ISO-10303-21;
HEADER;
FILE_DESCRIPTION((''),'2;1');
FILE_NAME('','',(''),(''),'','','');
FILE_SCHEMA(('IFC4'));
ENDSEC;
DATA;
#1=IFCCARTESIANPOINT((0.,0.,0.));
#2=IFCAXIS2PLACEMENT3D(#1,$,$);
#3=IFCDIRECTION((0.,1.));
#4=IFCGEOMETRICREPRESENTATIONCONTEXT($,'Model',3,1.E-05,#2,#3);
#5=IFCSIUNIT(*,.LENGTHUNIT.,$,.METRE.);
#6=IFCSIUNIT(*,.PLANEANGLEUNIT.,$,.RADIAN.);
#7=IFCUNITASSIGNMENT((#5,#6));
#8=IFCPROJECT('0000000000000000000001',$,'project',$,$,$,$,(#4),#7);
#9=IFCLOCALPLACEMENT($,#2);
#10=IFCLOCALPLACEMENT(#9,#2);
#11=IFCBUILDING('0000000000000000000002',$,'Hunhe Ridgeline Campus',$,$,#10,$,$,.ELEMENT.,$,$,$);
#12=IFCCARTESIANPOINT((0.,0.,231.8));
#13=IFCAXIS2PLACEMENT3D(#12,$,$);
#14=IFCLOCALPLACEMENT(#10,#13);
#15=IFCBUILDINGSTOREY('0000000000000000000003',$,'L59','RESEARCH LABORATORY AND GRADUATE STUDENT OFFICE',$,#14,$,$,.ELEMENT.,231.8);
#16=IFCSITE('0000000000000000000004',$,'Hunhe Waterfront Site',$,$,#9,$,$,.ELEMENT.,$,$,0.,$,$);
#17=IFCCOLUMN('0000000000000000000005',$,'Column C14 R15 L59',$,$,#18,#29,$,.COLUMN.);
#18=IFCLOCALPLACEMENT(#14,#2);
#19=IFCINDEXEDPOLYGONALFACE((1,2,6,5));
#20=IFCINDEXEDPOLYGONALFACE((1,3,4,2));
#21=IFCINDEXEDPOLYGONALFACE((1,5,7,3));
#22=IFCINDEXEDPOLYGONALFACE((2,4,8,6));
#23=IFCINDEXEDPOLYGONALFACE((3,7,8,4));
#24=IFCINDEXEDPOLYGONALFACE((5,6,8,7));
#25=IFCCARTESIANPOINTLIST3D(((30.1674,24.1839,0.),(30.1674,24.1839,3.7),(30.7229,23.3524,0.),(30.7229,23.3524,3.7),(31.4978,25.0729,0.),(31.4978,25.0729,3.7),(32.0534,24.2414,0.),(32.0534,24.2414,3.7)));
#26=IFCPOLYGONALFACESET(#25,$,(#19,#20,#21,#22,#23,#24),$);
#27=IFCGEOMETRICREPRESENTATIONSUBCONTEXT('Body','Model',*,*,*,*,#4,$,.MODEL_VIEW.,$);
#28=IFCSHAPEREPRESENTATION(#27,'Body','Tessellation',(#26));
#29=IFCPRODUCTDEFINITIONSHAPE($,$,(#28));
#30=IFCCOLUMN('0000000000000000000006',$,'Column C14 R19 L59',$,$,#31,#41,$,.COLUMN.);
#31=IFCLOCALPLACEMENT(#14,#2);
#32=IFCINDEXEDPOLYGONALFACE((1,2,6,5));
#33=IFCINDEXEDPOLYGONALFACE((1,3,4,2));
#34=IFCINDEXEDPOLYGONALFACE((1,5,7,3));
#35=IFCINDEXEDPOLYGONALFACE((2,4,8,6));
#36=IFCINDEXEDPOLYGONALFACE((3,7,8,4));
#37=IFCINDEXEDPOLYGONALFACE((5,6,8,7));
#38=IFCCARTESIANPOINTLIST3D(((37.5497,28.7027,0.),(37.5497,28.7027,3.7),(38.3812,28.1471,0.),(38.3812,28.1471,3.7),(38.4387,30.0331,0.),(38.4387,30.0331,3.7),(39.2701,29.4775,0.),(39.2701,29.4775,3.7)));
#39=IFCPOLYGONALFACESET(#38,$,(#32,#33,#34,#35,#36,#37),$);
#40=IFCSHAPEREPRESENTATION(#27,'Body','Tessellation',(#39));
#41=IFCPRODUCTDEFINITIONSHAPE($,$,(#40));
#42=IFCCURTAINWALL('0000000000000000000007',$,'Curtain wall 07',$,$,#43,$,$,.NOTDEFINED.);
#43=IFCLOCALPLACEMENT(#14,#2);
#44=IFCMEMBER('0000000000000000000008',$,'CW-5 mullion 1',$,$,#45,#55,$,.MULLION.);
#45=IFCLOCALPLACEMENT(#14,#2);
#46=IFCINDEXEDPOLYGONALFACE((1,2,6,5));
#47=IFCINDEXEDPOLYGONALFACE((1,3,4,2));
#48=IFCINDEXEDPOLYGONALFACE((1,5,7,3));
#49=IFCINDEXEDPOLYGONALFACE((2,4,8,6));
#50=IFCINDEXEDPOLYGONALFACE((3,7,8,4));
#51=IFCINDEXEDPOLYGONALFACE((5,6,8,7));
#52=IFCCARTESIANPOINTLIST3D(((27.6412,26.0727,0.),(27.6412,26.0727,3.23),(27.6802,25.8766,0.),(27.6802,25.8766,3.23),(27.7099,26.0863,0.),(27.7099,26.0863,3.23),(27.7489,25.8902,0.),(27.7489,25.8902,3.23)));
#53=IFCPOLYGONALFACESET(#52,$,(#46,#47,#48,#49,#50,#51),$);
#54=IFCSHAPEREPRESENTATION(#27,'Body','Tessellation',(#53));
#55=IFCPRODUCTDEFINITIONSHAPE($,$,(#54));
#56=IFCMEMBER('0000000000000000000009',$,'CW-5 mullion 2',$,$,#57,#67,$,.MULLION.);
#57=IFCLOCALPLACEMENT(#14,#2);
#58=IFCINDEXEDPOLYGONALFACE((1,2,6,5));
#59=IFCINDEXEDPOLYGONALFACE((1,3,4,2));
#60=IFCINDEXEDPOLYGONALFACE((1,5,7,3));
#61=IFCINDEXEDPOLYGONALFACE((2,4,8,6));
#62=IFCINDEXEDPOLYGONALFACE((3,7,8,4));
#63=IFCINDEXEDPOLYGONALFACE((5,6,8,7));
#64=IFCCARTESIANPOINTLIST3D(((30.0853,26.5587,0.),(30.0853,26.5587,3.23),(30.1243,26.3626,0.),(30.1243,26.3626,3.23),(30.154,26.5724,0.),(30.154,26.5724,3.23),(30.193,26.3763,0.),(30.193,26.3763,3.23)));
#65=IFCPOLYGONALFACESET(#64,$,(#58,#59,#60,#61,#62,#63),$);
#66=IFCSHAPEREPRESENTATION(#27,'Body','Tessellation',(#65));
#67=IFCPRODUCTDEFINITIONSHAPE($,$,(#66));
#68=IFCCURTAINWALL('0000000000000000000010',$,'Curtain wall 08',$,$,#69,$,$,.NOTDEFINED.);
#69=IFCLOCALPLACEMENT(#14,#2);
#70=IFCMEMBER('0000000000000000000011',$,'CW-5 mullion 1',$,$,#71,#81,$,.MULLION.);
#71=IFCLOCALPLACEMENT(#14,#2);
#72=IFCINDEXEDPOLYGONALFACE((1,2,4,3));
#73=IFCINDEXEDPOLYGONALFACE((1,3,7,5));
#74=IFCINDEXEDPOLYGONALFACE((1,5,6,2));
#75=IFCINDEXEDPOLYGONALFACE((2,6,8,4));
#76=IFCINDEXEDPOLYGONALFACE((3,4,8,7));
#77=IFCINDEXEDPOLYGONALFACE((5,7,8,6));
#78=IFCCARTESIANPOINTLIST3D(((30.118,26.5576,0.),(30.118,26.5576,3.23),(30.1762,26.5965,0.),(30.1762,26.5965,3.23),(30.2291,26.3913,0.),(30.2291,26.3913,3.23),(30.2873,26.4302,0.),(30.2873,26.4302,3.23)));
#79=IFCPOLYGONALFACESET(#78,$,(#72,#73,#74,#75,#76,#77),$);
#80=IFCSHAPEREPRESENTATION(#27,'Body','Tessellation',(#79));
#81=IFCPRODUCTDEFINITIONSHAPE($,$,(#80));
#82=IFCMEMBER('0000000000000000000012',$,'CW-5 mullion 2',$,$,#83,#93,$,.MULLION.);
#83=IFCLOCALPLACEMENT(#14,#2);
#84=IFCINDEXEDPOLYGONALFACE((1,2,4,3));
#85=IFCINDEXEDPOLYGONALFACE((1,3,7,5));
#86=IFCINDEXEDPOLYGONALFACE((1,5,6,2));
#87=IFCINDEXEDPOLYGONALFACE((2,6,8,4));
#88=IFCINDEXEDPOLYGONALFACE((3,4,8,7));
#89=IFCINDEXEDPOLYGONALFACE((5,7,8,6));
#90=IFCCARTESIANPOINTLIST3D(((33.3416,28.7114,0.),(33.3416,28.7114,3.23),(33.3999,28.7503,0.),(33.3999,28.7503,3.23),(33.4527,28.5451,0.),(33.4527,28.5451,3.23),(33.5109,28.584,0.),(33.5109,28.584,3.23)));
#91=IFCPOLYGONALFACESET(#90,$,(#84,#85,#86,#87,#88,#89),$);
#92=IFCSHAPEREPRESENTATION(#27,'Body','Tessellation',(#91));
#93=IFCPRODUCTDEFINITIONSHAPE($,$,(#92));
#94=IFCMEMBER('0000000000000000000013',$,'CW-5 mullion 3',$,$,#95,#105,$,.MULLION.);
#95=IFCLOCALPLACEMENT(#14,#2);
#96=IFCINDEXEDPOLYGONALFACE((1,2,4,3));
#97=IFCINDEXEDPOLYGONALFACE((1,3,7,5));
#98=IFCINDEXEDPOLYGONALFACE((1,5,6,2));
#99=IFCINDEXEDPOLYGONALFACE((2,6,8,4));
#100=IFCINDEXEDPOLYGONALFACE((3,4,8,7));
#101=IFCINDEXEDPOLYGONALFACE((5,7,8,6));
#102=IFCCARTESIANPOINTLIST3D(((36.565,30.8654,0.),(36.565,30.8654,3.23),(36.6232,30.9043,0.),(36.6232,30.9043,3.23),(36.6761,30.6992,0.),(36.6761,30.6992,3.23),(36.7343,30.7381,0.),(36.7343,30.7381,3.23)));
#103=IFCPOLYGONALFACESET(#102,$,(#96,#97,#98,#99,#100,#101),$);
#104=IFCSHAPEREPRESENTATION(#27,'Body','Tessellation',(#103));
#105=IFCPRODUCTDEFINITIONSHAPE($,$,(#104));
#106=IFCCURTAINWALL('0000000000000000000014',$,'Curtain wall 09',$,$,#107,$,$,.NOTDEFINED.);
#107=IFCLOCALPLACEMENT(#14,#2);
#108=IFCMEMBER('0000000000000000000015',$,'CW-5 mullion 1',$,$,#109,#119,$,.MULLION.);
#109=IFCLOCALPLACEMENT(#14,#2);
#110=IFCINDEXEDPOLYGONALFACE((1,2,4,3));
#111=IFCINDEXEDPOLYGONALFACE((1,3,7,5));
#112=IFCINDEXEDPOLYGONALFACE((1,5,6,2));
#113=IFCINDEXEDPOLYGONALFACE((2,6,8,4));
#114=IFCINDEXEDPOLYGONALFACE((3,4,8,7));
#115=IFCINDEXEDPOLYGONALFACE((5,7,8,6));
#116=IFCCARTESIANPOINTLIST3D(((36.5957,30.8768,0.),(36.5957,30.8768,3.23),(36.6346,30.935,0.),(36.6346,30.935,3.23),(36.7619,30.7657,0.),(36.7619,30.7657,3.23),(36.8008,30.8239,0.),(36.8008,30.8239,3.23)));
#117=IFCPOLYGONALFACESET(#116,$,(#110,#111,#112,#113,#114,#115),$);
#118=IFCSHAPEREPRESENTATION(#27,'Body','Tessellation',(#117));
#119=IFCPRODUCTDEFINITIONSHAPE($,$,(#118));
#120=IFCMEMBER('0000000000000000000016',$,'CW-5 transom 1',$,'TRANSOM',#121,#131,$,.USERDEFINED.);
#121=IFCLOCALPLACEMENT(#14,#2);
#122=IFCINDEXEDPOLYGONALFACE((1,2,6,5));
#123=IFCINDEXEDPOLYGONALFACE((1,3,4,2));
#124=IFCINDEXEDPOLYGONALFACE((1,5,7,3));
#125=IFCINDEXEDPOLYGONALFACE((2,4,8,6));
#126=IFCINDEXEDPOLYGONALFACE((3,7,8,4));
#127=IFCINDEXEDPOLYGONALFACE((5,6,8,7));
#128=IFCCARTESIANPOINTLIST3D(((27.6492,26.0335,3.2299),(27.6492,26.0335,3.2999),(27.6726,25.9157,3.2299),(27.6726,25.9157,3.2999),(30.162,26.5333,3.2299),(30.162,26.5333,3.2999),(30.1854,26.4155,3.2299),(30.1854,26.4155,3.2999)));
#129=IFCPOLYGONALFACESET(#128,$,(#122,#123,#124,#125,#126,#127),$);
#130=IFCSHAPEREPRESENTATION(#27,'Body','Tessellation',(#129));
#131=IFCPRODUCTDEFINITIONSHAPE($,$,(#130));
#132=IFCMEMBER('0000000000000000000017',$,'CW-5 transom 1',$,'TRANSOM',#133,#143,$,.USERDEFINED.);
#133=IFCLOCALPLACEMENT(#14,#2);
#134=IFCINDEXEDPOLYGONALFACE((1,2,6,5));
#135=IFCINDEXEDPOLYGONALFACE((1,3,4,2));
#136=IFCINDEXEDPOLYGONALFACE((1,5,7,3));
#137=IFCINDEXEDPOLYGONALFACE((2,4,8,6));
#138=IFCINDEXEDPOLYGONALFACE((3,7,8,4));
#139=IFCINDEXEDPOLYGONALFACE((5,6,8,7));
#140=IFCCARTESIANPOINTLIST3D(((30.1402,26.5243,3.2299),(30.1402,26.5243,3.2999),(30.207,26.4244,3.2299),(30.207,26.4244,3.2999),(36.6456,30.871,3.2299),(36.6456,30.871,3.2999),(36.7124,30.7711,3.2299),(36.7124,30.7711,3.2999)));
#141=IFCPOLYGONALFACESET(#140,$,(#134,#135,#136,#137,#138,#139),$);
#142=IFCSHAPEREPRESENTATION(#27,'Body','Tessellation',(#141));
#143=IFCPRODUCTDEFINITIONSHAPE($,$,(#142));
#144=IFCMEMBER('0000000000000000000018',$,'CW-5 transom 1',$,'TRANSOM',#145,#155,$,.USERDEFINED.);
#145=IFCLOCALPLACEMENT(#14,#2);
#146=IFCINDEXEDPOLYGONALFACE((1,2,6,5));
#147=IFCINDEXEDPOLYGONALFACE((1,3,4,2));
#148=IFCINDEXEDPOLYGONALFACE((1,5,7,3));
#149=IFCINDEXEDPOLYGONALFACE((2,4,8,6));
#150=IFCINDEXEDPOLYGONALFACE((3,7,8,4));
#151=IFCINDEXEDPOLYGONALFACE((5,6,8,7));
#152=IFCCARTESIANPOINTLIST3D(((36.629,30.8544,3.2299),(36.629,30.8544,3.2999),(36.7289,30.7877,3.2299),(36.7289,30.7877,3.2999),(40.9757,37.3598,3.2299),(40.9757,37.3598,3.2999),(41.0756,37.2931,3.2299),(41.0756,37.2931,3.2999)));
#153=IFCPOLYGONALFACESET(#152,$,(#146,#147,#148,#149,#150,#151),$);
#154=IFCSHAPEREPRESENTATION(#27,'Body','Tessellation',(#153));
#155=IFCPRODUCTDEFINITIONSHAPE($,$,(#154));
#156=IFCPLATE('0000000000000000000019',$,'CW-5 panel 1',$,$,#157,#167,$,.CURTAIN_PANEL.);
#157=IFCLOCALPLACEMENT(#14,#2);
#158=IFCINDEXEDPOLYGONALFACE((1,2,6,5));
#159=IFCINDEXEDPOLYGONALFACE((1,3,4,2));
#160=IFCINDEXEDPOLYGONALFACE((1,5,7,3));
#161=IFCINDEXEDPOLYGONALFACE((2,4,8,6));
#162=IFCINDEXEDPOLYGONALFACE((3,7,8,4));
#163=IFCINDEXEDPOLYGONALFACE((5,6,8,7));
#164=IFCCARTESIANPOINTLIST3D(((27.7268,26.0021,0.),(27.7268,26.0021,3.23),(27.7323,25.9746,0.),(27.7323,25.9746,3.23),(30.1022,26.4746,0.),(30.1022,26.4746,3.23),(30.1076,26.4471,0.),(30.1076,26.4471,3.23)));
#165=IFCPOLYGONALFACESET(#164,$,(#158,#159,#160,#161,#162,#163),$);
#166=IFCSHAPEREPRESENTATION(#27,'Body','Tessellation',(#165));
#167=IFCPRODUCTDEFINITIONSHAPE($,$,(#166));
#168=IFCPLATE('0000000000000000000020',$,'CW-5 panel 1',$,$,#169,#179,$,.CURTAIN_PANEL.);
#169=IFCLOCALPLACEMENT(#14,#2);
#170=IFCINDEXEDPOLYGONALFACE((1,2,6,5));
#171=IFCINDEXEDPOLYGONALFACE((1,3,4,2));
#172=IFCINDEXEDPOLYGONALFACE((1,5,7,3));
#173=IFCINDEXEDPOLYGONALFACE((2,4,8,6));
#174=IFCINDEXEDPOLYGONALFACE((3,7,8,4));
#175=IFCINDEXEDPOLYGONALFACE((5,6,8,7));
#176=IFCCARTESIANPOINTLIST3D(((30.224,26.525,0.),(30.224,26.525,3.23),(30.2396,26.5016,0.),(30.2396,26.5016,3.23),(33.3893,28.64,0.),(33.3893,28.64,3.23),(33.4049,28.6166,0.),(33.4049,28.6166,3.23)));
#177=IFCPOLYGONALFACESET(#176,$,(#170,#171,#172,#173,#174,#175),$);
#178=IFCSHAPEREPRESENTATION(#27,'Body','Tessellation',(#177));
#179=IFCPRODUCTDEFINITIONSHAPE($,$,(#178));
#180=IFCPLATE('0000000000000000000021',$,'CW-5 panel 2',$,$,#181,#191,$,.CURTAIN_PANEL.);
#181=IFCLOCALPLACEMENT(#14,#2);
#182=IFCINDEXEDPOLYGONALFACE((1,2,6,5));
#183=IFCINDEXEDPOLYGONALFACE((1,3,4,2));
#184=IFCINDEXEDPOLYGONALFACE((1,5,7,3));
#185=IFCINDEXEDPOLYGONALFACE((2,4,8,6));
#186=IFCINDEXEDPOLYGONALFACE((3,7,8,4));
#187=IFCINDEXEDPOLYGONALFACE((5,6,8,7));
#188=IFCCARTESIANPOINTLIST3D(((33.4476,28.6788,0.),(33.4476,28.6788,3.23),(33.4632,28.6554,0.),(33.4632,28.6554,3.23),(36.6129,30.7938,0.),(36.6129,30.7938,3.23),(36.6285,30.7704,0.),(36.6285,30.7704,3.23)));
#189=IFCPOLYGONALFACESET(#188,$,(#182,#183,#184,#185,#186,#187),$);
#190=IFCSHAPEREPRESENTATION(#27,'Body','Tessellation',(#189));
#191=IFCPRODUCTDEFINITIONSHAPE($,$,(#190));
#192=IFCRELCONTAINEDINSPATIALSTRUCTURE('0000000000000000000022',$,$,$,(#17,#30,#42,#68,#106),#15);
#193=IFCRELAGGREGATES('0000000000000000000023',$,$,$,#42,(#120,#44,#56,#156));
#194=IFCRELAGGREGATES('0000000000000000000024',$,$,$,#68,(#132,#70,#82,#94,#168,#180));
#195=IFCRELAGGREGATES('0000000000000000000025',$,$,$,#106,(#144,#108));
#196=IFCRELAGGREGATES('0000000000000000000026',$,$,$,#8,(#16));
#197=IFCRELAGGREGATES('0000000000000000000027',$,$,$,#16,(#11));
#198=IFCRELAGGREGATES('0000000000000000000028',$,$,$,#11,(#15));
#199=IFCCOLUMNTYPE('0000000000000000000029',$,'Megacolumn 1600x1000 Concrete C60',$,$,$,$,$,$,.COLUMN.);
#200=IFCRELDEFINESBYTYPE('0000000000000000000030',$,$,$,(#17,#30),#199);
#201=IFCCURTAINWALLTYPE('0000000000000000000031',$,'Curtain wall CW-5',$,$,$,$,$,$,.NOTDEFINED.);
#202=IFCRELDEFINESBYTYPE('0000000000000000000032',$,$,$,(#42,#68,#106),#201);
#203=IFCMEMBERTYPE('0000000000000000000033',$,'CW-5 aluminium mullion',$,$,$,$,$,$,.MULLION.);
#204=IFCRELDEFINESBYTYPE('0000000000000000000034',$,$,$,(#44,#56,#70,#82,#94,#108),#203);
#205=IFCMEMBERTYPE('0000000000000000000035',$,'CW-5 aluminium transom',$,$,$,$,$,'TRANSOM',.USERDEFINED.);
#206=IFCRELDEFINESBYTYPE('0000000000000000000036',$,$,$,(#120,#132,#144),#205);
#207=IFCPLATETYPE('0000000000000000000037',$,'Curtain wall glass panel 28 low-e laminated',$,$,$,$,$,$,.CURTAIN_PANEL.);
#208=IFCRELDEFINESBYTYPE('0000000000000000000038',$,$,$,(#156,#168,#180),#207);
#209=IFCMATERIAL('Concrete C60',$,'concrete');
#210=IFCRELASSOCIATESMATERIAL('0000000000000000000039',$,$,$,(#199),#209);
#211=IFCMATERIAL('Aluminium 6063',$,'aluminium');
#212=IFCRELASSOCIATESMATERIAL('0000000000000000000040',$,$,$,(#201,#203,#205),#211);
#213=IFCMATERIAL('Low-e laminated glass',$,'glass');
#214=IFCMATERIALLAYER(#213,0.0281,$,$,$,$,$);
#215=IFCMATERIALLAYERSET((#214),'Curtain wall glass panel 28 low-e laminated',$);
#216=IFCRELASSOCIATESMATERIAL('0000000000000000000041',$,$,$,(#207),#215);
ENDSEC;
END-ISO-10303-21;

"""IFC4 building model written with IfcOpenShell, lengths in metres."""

from ifc_helpers import new_model, si_unit, direction, frame, origin, origin_2d, place, context, subcontext, project, spatial, rectangle, extrude, material, layer, layer_set, material_profile, profile_set, type_object, element, aggregate, save


model = new_model("IFC4")

# Units and contexts
model_context = context("Model", 3, precision=1e-05, world=origin(), true_north=direction((0.0, 1.0)))
body_context = subcontext(model_context, "Body", "Model", "MODEL_VIEW")
ifc_project = project(units=[si_unit("LENGTHUNIT", "METRE"), si_unit("PLANEANGLEUNIT", "RADIAN")], contexts=[model_context])

# Site, building, storey
site_placement = place(None, origin())
site = spatial("IfcSite", under=ifc_project, at=site_placement, Name="Hunhe Waterfront Site", CompositionType="ELEMENT", RefElevation=0.0)
building_placement = place(site_placement, origin())
building = spatial("IfcBuilding", under=site, at=building_placement, Name="Hunhe Ridgeline Campus", CompositionType="ELEMENT")
storey_placement = place(building_placement, frame((0.0, 0.0, 231.8)))
storey = spatial("IfcBuildingStorey", under=building, at=storey_placement, Name="L59", Description="RESEARCH LABORATORY AND GRADUATE STUDENT OFFICE", CompositionType="ELEMENT", Elevation=231.8)

# Columns
ifc_material_1 = material(Name="Concrete C60", Category="concrete")
ifc_material_profile_1 = material_profile(ifc_material_1, rectangle(XDim=1.6001, YDim=1.0, at=origin_2d()))
ifc_profile_set_1 = profile_set([ifc_material_profile_1], Name="Concrete C60")
column_type = type_object("IfcColumnType", Name="Megacolumn 1600x1000 Concrete C60", PredefinedType="COLUMN", material=ifc_profile_set_1)
for number, where, z_axis, x_axis, name in (
    (1, (31.1104, 24.2126, 0.0), (0.0, 0.0, 1.0), (0.83147, 0.55557, 0.0), "Column C14 R15 L59"),
    (2, (38.4099, 29.0901, 0.0), (0.0, 0.0, 1.0), (0.55557, 0.83147, 0.0), "Column C14 R19 L59"),
):
    element("IfcColumn", number, at=place(storey_placement, frame(where, z_axis=z_axis, x_axis=x_axis)), inside=storey, type_object=column_type, Name=name, PredefinedType="COLUMN", context=body_context, shape_type="SweptSolid", body=[
        extrude(rectangle(XDim=1.6001, YDim=1.0, at=origin_2d()), origin(), (0.0, 0.0, 1.0), 3.7),
    ])

# Curtain walls, members
ifc_material_2 = material(Name="Aluminium 6063", Category="aluminium")
curtain_wall_type = type_object("IfcCurtainWallType", Name="Curtain wall CW-5", PredefinedType="NOTDEFINED", material=ifc_material_2)
curtain_wall_1_placement = place(storey_placement, origin())
curtain_wall_1 = element("IfcCurtainWall", 3, at=curtain_wall_1_placement, inside=storey, type_object=curtain_wall_type, Name="Curtain wall 07", PredefinedType="NOTDEFINED")
ifc_material_profile_2 = material_profile(ifc_material_2, rectangle(XDim=0.2, YDim=0.0701, at=origin_2d()))
ifc_profile_set_2 = profile_set([ifc_material_profile_2], Name="Aluminium 6063")
member_type_1 = type_object("IfcMemberType", Name="CW-5 aluminium mullion", PredefinedType="MULLION", material=ifc_profile_set_2)
member_1_placement = place(storey_placement, frame((27.6951, 25.9814, 0.0), z_axis=(0.0, 0.0, 1.0), x_axis=(-0.195091, 0.980785, 0.0)))
member_1 = element("IfcMember", 4, at=member_1_placement, type_object=member_type_1, Name="CW-5 mullion 1", PredefinedType="MULLION", context=body_context, shape_type="SweptSolid", body=[
    extrude(rectangle(XDim=0.2, YDim=0.0701, at=origin_2d()), origin(), (0.0, 0.0, 1.0), 3.23),
])
member_2_placement = place(storey_placement, frame((30.1392, 26.4675, 0.0), z_axis=(0.0, 0.0, 1.0), x_axis=(-0.195091, 0.980785, 0.0)))
member_2 = element("IfcMember", 5, at=member_2_placement, type_object=member_type_1, Name="CW-5 mullion 2", PredefinedType="MULLION", context=body_context, shape_type="SweptSolid", body=[
    extrude(rectangle(XDim=0.2, YDim=0.0701, at=origin_2d()), origin(), (0.0, 0.0, 1.0), 3.23),
])
curtain_wall_2_placement = place(storey_placement, origin())
curtain_wall_2 = element("IfcCurtainWall", 6, at=curtain_wall_2_placement, inside=storey, type_object=curtain_wall_type, Name="Curtain wall 08", PredefinedType="NOTDEFINED")
member_3_placement = place(storey_placement, frame((30.2026, 26.4939, 0.0), z_axis=(0.0, 0.0, 1.0), x_axis=(-0.55557, 0.83147, 0.0)))
member_3 = element("IfcMember", 7, at=member_3_placement, type_object=member_type_1, Name="CW-5 mullion 1", PredefinedType="MULLION", context=body_context, shape_type="SweptSolid", body=[
    extrude(rectangle(XDim=0.2, YDim=0.0701, at=origin_2d()), origin(), (0.0, 0.0, 1.0), 3.23),
])
member_4_placement = place(storey_placement, frame((33.4263, 28.6477, 0.0), z_axis=(0.0, 0.0, 1.0), x_axis=(-0.55557, 0.83147, 0.0)))
member_4 = element("IfcMember", 8, at=member_4_placement, type_object=member_type_1, Name="CW-5 mullion 2", PredefinedType="MULLION", context=body_context, shape_type="SweptSolid", body=[
    extrude(rectangle(XDim=0.2, YDim=0.0701, at=origin_2d()), origin(), (0.0, 0.0, 1.0), 3.23),
])
member_5_placement = place(storey_placement, frame((36.6497, 30.8018, 0.0), z_axis=(0.0, 0.0, 1.0), x_axis=(-0.55557, 0.83147, 0.0)))
member_5 = element("IfcMember", 9, at=member_5_placement, type_object=member_type_1, Name="CW-5 mullion 3", PredefinedType="MULLION", context=body_context, shape_type="SweptSolid", body=[
    extrude(rectangle(XDim=0.2, YDim=0.0701, at=origin_2d()), origin(), (0.0, 0.0, 1.0), 3.23),
])

# Curtain wall, member
curtain_wall_3_placement = place(storey_placement, origin())
curtain_wall_3 = element("IfcCurtainWall", 10, at=curtain_wall_3_placement, inside=storey, type_object=curtain_wall_type, Name="Curtain wall 09", PredefinedType="NOTDEFINED")
member_6_placement = place(storey_placement, frame((36.6982, 30.8503, 0.0), z_axis=(0.0, 0.0, 1.0), x_axis=(-0.83147, 0.55557, 0.0)))
member_6 = element("IfcMember", 11, at=member_6_placement, type_object=member_type_1, Name="CW-5 mullion 1", PredefinedType="MULLION", context=body_context, shape_type="SweptSolid", body=[
    extrude(rectangle(XDim=0.2, YDim=0.0701, at=origin_2d()), origin(), (0.0, 0.0, 1.0), 3.23),
])

# Members
ifc_material_profile_3 = material_profile(ifc_material_2, rectangle(XDim=0.1201, YDim=0.0701, at=origin_2d()))
ifc_profile_set_3 = profile_set([ifc_material_profile_3], Name="Aluminium 6063")
member_type_2 = type_object("IfcMemberType", Name="CW-5 aluminium transom", ElementType="TRANSOM", PredefinedType="USERDEFINED", material=ifc_profile_set_3)
member_7_placement = place(storey_placement, frame((27.6609, 25.9746, 3.2649), z_axis=(0.980789, 0.195071, 0.0), x_axis=(-0.195071, 0.980789, 0.0)))
member_7 = element("IfcMember", 12, at=member_7_placement, type_object=member_type_2, Name="CW-5 transom 1", ObjectType="TRANSOM", PredefinedType="USERDEFINED", context=body_context, shape_type="SweptSolid", body=[
    extrude(rectangle(XDim=0.1201, YDim=0.0701, at=origin_2d()), origin(), (0.0, 0.0, 1.0), 2.562),
])
member_8_placement = place(storey_placement, frame((30.1736, 26.4744, 3.2649), z_axis=(0.831474, 0.555564, 0.0), x_axis=(-0.555564, 0.831474, 0.0)))
member_8 = element("IfcMember", 13, at=member_8_placement, type_object=member_type_2, Name="CW-5 transom 1", ObjectType="TRANSOM", PredefinedType="USERDEFINED", context=body_context, shape_type="SweptSolid", body=[
    extrude(rectangle(XDim=0.1201, YDim=0.0701, at=origin_2d()), origin(), (0.0, 0.0, 1.0), 7.824),
])
member_9_placement = place(storey_placement, frame((36.679, 30.821, 3.2649), z_axis=(0.555564, 0.831474, 0.0), x_axis=(-0.831474, 0.555564, 0.0)))
member_9 = element("IfcMember", 14, at=member_9_placement, type_object=member_type_2, Name="CW-5 transom 1", ObjectType="TRANSOM", PredefinedType="USERDEFINED", context=body_context, shape_type="SweptSolid", body=[
    extrude(rectangle(XDim=0.1201, YDim=0.0701, at=origin_2d()), origin(), (0.0, 0.0, 1.0), 7.824),
])

# Plates
ifc_material_3 = material(Name="Low-e laminated glass", Category="glass")
ifc_layer_1 = layer(ifc_material_3, 0.0281)
ifc_layer_set_1 = layer_set([ifc_layer_1], Name="Curtain wall glass panel 28 low-e laminated")
plate_type = type_object("IfcPlateType", Name="Curtain wall glass panel 28 low-e laminated", PredefinedType="CURTAIN_PANEL", material=ifc_layer_set_1)
plate_1_placement = place(storey_placement, frame((28.9172, 26.2246, 0.0), z_axis=(0.0, 0.0, 1.0), x_axis=(0.980785, 0.195091, 0.0)))
plate_1 = element("IfcPlate", 15, at=plate_1_placement, type_object=plate_type, Name="CW-5 panel 1", PredefinedType="CURTAIN_PANEL", context=body_context, shape_type="SweptSolid", body=[
    extrude(rectangle(XDim=2.4219, YDim=0.0281, at=origin_2d()), origin(), (0.0, 0.0, 1.0), 3.23),
])
aggregate(curtain_wall_1, [member_7, member_1, member_2, plate_1])
plate_2_placement = place(storey_placement, frame((31.8145, 27.5708, 0.0), z_axis=(0.0, 0.0, 1.0), x_axis=(0.83147, 0.55557, 0.0)))
plate_2 = element("IfcPlate", 16, at=plate_2_placement, type_object=plate_type, Name="CW-5 panel 1", PredefinedType="CURTAIN_PANEL", context=body_context, shape_type="SweptSolid", body=[
    extrude(rectangle(XDim=3.8069, YDim=0.0281, at=origin_2d()), origin(), (0.0, 0.0, 1.0), 3.23),
])
plate_3_placement = place(storey_placement, frame((35.0381, 29.7246, 0.0), z_axis=(0.0, 0.0, 1.0), x_axis=(0.83147, 0.55557, 0.0)))
plate_3 = element("IfcPlate", 17, at=plate_3_placement, type_object=plate_type, Name="CW-5 panel 2", PredefinedType="CURTAIN_PANEL", context=body_context, shape_type="SweptSolid", body=[
    extrude(rectangle(XDim=3.8069, YDim=0.0281, at=origin_2d()), origin(), (0.0, 0.0, 1.0), 3.23),
])
aggregate(curtain_wall_2, [member_8, member_3, member_4, member_5, plate_2, plate_3])
aggregate(curtain_wall_3, [member_9, member_6])

save(model, "model.ifc")
